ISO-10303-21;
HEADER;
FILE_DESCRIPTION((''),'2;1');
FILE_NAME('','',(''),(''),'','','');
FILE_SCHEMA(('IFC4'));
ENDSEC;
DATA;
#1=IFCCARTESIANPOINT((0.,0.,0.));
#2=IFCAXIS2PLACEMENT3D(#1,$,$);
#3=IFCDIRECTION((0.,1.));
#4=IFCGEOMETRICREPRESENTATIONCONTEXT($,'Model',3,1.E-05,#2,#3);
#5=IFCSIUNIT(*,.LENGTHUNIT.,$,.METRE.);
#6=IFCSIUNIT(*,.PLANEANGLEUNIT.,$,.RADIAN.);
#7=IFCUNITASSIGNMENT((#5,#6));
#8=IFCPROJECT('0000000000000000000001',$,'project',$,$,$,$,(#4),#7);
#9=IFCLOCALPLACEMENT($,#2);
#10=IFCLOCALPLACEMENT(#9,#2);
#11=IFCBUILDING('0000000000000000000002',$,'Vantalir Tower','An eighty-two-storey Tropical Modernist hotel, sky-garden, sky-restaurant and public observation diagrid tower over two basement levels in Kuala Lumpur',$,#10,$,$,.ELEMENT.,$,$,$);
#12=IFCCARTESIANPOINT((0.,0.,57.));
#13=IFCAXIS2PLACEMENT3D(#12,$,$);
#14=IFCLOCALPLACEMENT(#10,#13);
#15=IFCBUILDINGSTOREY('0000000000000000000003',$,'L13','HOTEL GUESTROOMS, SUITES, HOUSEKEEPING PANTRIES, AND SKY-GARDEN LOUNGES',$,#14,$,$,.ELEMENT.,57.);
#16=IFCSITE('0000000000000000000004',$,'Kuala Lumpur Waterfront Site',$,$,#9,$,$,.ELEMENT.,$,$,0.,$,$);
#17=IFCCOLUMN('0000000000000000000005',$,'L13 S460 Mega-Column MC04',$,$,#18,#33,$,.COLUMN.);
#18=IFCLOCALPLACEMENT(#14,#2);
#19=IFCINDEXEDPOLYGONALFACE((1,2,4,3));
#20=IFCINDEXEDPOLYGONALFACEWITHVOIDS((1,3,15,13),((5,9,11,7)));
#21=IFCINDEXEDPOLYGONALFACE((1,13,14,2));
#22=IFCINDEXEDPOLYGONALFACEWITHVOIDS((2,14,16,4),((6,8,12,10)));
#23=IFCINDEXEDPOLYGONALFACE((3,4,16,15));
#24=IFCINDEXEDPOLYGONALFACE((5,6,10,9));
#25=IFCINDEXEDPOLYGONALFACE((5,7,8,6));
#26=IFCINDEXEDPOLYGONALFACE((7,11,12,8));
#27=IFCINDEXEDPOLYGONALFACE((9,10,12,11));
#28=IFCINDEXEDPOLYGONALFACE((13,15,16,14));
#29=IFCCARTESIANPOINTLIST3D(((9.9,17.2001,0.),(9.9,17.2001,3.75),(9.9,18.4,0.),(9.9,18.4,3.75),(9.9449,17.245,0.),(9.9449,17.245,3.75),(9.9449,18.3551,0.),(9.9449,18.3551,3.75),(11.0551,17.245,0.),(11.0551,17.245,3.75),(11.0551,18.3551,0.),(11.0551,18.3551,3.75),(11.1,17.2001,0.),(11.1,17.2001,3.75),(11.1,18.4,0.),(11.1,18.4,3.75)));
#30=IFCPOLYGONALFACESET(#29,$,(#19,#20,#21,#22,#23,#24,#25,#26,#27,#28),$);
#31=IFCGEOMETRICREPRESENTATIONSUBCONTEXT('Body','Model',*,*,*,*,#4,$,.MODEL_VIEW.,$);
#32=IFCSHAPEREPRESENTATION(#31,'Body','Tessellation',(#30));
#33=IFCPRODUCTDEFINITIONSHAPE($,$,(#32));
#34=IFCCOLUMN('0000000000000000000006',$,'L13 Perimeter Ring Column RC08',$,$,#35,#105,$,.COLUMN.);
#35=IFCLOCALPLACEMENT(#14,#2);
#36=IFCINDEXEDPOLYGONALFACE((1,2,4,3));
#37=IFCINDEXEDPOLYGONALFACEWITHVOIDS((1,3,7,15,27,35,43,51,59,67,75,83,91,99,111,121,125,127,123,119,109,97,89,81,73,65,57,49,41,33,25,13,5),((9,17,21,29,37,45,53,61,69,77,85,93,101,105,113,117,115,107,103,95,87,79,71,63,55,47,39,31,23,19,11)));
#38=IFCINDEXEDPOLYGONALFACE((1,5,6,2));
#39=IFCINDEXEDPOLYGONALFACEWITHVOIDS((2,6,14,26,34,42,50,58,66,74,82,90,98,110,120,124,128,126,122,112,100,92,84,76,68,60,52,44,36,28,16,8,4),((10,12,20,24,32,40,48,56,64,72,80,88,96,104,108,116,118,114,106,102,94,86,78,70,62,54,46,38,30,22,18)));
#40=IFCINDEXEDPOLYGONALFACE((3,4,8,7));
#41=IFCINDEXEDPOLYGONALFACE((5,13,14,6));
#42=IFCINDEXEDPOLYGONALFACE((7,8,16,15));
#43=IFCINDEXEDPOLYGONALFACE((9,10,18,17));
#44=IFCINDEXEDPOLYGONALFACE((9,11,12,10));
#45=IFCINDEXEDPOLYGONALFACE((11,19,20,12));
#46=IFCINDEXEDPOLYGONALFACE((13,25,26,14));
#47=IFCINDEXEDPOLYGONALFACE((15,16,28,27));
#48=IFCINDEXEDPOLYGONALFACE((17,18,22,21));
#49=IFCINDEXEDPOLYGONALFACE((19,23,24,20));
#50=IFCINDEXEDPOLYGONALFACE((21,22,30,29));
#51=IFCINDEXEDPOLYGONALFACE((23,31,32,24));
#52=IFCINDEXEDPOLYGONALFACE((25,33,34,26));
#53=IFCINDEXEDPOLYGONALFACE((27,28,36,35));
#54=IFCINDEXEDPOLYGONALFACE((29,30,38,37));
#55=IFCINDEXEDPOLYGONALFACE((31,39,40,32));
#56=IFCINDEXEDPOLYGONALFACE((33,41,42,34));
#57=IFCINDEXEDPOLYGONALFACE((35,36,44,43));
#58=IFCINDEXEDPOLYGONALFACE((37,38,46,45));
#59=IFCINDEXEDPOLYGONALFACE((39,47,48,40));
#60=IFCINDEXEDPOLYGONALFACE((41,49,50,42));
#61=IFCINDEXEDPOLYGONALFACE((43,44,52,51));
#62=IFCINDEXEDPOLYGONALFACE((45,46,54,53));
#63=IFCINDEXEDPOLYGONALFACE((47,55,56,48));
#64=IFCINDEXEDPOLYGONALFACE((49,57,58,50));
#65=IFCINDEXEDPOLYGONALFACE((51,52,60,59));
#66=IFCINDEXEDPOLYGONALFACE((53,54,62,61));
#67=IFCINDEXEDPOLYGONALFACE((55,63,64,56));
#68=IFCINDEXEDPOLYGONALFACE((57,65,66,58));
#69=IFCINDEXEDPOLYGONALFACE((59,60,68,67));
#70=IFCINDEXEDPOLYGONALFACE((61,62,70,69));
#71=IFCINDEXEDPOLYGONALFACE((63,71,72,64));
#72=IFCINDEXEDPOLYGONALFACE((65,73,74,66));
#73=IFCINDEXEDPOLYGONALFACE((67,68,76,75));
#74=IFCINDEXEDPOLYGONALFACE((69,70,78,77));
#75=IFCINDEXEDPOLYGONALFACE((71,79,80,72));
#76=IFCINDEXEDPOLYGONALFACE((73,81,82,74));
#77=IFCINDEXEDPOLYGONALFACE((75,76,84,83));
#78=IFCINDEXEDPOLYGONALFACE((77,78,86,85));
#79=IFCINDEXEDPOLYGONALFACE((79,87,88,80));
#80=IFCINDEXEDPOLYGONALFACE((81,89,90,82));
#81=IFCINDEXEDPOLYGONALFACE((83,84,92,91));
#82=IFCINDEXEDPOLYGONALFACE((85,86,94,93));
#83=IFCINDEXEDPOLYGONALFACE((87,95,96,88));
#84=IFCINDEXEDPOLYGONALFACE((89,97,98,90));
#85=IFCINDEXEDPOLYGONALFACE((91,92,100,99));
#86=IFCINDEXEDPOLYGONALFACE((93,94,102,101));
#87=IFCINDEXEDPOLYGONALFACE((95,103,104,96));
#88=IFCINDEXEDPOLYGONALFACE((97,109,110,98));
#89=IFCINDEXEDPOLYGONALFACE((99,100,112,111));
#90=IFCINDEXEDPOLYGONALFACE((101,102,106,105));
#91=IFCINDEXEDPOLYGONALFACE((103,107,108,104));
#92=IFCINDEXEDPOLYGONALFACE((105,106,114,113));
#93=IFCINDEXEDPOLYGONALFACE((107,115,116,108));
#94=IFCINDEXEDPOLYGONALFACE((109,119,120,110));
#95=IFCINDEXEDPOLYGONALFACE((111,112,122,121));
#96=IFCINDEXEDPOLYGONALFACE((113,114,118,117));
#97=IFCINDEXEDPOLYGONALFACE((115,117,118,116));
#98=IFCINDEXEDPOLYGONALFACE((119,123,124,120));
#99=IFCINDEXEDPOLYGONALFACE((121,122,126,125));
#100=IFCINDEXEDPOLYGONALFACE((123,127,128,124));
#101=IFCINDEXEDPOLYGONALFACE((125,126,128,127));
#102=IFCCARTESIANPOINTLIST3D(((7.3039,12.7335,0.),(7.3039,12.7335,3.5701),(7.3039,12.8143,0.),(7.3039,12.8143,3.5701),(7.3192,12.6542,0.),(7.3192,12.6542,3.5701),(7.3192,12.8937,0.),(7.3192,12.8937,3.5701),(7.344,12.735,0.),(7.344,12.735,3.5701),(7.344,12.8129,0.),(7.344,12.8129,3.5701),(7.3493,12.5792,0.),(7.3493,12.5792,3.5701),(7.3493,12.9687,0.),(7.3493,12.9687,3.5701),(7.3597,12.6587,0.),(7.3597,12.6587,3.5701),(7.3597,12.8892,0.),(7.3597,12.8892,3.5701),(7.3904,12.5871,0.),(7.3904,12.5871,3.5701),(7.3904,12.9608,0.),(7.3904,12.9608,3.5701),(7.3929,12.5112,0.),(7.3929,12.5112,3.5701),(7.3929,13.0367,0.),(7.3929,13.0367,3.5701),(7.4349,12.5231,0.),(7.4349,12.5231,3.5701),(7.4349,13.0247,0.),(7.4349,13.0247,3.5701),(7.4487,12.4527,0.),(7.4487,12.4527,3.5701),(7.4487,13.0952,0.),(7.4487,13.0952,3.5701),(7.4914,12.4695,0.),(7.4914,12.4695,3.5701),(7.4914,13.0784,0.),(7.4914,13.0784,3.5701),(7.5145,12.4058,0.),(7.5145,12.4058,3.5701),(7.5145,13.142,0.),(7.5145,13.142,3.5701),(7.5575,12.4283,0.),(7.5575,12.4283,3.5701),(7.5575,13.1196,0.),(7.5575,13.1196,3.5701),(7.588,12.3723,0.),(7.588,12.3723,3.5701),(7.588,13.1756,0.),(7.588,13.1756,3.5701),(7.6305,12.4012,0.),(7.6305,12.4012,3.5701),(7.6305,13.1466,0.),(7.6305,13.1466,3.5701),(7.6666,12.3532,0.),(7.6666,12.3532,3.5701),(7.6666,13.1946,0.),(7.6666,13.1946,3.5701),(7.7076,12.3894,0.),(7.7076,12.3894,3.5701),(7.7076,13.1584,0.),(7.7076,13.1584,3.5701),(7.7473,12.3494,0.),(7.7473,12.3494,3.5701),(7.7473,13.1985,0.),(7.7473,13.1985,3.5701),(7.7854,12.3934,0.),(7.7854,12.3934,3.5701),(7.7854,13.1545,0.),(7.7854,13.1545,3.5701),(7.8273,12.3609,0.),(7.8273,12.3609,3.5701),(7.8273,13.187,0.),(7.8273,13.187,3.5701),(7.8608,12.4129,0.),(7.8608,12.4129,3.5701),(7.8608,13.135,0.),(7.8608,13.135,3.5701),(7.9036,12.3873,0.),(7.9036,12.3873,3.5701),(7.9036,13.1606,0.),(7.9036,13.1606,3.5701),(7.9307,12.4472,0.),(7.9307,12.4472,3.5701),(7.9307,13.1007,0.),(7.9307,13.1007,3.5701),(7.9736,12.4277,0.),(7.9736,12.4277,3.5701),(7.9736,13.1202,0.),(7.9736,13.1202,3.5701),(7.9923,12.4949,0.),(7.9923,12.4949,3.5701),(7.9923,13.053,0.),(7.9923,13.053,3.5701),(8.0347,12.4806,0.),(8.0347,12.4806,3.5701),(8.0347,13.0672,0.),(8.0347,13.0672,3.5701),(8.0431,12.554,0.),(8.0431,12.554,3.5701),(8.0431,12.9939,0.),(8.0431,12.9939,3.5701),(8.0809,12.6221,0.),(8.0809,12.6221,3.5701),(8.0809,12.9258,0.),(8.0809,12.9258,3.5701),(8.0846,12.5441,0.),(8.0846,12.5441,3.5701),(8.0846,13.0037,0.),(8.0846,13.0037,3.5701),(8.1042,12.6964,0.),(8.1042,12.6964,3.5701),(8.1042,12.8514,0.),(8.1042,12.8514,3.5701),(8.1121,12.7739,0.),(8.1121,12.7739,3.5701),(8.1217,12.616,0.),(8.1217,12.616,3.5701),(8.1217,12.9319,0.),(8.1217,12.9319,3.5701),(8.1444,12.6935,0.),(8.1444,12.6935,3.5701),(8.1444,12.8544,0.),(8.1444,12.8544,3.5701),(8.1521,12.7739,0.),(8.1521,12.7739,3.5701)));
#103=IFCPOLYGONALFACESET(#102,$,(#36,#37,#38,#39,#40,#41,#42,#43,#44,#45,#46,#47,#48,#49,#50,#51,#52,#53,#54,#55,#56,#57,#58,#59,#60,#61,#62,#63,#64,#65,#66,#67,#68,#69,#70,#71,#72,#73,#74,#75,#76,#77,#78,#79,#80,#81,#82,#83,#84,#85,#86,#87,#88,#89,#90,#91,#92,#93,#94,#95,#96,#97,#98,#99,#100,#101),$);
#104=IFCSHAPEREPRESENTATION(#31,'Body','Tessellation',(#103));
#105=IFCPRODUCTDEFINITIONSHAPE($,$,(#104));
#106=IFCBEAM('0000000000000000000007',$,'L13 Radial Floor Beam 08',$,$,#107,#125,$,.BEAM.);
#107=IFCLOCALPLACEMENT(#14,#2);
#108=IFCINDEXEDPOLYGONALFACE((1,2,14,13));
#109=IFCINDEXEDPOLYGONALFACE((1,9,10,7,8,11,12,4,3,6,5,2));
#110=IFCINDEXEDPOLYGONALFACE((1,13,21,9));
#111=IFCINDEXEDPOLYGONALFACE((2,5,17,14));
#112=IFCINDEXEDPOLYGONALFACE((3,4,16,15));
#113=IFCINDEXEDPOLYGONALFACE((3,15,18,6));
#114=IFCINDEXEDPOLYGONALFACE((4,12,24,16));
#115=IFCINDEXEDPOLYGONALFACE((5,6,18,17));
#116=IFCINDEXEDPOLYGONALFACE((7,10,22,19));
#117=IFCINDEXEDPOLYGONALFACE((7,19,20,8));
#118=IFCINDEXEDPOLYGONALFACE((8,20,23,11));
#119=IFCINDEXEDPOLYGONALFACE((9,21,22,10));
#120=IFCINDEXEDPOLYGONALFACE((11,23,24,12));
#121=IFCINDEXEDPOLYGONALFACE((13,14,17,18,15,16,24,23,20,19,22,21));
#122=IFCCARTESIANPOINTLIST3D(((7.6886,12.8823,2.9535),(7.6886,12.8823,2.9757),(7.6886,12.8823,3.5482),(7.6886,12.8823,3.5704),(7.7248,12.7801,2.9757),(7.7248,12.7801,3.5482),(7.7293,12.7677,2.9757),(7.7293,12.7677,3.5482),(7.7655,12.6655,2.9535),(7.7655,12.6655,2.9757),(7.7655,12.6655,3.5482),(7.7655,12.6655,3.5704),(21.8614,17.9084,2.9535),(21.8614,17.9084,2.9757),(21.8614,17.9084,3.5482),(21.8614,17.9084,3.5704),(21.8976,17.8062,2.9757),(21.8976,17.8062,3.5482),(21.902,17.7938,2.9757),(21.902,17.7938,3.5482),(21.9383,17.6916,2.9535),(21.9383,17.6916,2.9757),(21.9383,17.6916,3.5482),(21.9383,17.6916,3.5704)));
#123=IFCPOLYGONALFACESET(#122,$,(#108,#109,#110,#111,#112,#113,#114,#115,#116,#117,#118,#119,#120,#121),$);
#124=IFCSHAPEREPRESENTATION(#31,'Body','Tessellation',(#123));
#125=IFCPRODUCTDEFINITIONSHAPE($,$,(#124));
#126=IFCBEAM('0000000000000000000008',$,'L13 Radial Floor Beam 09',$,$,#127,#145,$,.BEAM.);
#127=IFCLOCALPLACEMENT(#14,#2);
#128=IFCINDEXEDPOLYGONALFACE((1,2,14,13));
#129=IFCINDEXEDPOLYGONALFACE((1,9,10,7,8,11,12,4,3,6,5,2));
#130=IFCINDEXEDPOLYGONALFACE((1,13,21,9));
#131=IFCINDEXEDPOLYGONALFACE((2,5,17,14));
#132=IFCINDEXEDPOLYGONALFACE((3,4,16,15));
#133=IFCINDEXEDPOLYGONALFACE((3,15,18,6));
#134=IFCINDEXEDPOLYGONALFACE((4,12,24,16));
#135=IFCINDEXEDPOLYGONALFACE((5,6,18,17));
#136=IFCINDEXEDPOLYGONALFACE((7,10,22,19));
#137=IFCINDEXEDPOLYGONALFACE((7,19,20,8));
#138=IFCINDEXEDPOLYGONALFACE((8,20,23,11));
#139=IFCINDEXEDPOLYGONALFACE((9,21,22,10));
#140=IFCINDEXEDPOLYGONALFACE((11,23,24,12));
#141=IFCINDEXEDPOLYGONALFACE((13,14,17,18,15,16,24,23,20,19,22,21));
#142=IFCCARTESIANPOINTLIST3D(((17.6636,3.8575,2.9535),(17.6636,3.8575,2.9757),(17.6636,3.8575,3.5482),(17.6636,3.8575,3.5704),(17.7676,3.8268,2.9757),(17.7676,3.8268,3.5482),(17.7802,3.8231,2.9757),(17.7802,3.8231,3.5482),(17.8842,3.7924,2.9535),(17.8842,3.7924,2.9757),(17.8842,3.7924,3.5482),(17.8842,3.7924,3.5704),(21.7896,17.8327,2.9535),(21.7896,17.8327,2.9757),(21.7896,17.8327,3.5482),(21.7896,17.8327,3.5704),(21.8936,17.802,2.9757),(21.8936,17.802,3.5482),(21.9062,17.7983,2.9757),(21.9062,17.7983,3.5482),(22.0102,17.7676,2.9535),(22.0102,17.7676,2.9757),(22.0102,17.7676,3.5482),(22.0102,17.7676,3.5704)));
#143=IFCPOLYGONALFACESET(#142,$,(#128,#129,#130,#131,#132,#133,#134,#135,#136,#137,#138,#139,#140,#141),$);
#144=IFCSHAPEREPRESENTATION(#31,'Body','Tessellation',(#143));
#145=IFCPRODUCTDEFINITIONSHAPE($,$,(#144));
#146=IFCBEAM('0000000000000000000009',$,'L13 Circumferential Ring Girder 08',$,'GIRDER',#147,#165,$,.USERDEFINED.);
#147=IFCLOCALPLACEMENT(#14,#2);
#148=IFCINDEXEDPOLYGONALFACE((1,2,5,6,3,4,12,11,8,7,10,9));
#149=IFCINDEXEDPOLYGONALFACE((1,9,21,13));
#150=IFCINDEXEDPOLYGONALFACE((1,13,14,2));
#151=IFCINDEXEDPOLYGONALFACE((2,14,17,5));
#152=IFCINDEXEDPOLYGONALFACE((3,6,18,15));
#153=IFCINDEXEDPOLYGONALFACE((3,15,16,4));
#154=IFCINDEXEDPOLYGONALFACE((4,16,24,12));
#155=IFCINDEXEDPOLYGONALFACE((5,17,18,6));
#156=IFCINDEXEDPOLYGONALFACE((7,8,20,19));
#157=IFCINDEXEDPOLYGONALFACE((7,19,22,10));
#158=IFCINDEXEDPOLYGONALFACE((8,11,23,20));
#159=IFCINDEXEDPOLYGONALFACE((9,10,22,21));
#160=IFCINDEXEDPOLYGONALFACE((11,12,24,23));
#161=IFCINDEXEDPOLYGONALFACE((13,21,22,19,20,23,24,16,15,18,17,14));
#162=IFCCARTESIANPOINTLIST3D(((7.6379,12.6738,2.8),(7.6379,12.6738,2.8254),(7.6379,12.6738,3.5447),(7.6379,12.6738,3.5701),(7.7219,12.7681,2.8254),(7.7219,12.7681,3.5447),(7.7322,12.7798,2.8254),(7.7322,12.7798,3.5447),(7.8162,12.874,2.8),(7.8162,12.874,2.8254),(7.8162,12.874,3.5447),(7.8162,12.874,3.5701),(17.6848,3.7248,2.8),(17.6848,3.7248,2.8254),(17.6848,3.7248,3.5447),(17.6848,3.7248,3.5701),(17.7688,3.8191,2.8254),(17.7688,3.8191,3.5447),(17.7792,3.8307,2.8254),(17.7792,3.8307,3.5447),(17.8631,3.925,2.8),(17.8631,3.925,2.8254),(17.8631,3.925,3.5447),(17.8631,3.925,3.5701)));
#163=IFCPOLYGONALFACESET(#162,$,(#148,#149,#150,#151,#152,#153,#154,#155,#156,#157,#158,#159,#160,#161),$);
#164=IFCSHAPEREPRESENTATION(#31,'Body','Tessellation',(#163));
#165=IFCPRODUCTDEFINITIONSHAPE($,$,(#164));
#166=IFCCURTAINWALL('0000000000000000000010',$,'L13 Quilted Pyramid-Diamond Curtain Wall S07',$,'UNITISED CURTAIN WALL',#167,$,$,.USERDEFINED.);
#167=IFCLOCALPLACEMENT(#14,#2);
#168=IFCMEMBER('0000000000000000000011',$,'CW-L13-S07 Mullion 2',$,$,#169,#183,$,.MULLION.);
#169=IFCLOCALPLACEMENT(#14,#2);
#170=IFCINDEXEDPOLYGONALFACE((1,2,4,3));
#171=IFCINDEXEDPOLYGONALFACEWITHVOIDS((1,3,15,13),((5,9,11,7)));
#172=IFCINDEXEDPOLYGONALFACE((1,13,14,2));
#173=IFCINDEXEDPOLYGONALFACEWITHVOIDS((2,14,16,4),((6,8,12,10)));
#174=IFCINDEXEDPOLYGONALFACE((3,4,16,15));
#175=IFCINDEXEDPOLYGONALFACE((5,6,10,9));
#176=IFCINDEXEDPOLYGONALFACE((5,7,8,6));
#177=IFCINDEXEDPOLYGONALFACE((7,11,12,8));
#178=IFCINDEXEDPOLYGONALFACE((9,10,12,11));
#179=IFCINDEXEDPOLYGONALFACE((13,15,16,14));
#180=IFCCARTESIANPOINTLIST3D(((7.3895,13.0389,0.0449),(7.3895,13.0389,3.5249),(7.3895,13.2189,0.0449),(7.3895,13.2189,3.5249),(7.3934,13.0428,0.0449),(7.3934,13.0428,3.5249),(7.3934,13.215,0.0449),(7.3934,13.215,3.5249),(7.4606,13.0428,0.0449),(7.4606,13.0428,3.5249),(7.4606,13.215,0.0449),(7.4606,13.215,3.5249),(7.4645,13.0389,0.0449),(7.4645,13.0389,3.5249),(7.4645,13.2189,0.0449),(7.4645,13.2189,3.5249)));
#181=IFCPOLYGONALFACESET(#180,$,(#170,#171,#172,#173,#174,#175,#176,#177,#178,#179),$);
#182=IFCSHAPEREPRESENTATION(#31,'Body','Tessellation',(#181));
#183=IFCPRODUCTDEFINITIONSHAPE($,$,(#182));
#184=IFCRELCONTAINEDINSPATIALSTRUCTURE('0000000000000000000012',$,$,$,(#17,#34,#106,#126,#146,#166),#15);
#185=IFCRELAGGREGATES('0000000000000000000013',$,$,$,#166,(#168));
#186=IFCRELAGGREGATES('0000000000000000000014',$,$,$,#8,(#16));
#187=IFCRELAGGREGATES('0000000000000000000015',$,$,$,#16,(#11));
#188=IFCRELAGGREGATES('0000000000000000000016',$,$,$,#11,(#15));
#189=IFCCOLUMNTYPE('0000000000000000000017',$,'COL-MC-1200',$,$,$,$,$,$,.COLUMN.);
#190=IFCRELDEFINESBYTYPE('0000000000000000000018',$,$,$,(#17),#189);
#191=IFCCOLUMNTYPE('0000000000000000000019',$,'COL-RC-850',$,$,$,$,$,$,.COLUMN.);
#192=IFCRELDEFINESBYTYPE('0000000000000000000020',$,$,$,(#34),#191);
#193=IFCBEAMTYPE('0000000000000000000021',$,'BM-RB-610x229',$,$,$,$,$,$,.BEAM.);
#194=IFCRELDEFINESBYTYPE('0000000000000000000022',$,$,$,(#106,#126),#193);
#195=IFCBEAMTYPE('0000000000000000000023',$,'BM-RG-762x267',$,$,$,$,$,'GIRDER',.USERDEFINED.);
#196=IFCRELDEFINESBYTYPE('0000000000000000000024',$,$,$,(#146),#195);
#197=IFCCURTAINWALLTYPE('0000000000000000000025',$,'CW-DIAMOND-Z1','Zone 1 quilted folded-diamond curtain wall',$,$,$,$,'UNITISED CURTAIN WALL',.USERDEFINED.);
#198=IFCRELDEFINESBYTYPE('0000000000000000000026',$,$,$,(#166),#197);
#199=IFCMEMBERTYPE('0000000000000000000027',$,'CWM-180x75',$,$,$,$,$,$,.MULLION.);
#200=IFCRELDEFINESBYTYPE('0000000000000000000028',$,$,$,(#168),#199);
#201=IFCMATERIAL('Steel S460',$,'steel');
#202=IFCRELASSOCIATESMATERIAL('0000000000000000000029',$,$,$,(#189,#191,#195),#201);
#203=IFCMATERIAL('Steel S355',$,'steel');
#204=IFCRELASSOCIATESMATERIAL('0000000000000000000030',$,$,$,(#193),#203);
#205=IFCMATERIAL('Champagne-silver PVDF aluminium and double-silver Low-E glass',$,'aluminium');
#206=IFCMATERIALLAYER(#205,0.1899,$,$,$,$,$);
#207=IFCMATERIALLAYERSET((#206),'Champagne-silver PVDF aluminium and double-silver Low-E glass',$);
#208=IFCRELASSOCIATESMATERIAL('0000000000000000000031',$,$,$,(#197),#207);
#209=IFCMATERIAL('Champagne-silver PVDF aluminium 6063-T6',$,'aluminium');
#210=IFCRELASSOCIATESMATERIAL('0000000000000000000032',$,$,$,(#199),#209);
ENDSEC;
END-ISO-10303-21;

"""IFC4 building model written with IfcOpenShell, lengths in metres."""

from ifc_helpers import new_model, si_unit, direction, frame, origin, origin_2d, place, context, subcontext, project, spatial, hollow_rectangle, hollow_circle, i_section, extrude, material, layer, layer_set, material_profile, profile_set, type_object, element, aggregate, save


model = new_model("IFC4")

# Units and contexts
model_context = context("Model", 3, precision=1e-05, world=origin(), true_north=direction((0.0, 1.0)))
body_context = subcontext(model_context, "Body", "Model", "MODEL_VIEW")
ifc_project = project(units=[si_unit("LENGTHUNIT", "METRE"), si_unit("PLANEANGLEUNIT", "RADIAN")], contexts=[model_context])

# Site, building, storey
site_placement = place(None, origin())
site = spatial("IfcSite", under=ifc_project, at=site_placement, Name="Kuala Lumpur Waterfront Site", CompositionType="ELEMENT", RefElevation=0.0)
building_placement = place(site_placement, origin())
building = spatial("IfcBuilding", under=site, at=building_placement, Name="Vantalir Tower", Description="An eighty-two-storey Tropical Modernist hotel, sky-garden, sky-restaurant and public observation diagrid tower over two basement levels in Kuala Lumpur", CompositionType="ELEMENT")
storey_placement = place(building_placement, frame((0.0, 0.0, 57.0)))
storey = spatial("IfcBuildingStorey", under=building, at=storey_placement, Name="L13", Description="HOTEL GUESTROOMS, SUITES, HOUSEKEEPING PANTRIES, AND SKY-GARDEN LOUNGES", CompositionType="ELEMENT", Elevation=57.0)

# Columns
ifc_material_1 = material(Name="Steel S460", Category="steel")
ifc_material_profile_1 = material_profile(ifc_material_1, hollow_rectangle(XDim=1.2, YDim=1.2, WallThickness=0.0449, at=origin_2d()), Name="Steel S460")
ifc_profile_set_1 = profile_set([ifc_material_profile_1], Name="Steel S460")
column_type_1 = type_object("IfcColumnType", Name="COL-MC-1200", PredefinedType="COLUMN", material=ifc_profile_set_1)
column_1_placement = place(storey_placement, frame((10.5, 17.8, 0.0), z_axis=(0.0, 0.0, 1.0), x_axis=(1.0, 0.0, 0.0)))
element("IfcColumn", 1, at=column_1_placement, inside=storey, type_object=column_type_1, Name="L13 S460 Mega-Column MC04", PredefinedType="COLUMN", context=body_context, shape_type="SweptSolid", body=[
    extrude(hollow_rectangle(XDim=1.2, YDim=1.2, WallThickness=0.0449, at=origin_2d()), origin(), (0.0, 0.0, 1.0), 3.75),
])
ifc_material_profile_2 = material_profile(ifc_material_1, hollow_circle(Radius=0.425, WallThickness=0.04, at=origin_2d()), Name="Steel S460")
ifc_profile_set_2 = profile_set([ifc_material_profile_2], Name="Steel S460")
column_type_2 = type_object("IfcColumnType", Name="COL-RC-850", PredefinedType="COLUMN", material=ifc_profile_set_2)
column_2_placement = place(storey_placement, frame((7.7271, 12.7739, 0.0), z_axis=(0.0, 0.0, 1.0), x_axis=(1.0, 0.0, 0.0)))
element("IfcColumn", 2, at=column_2_placement, inside=storey, type_object=column_type_2, Name="L13 Perimeter Ring Column RC08", PredefinedType="COLUMN", context=body_context, shape_type="SweptSolid", body=[
    extrude(hollow_circle(Radius=0.425, WallThickness=0.04, at=origin_2d()), origin(), (0.0, 0.0, 1.0), 3.5701),
])

# Beams
ifc_material_2 = material(Name="Steel S355", Category="steel")
ifc_material_profile_3 = material_profile(ifc_material_2, i_section(OverallWidth=0.23, OverallDepth=0.6169, WebThickness=0.0132, FlangeThickness=0.0222, at=origin_2d()), Name="Steel S355")
ifc_profile_set_3 = profile_set([ifc_material_profile_3], Name="Steel S355")
beam_type_1 = type_object("IfcBeamType", Name="BM-RB-610x229", PredefinedType="BEAM", material=ifc_profile_set_3)
beam_1_placement = place(storey_placement, frame((7.7271, 12.7739, 3.262), z_axis=(0.94249, 0.334235, 0.0), x_axis=(-0.334235, 0.94249, 0.0)))
element("IfcBeam", 3, at=beam_1_placement, inside=storey, type_object=beam_type_1, Name="L13 Radial Floor Beam 08", PredefinedType="BEAM", context=body_context, shape_type="SweptSolid", body=[
    extrude(i_section(OverallWidth=0.23, OverallDepth=0.6169, WebThickness=0.0132, FlangeThickness=0.0222, at=origin_2d()), origin(), (0.0, 0.0, 1.0), 15.0376),
])
beam_2_placement = place(storey_placement, frame((17.7739, 3.825, 3.262), z_axis=(0.283155, 0.959074, 0.0), x_axis=(-0.959074, 0.283155, 0.0)))
element("IfcBeam", 4, at=beam_2_placement, inside=storey, type_object=beam_type_1, Name="L13 Radial Floor Beam 09", PredefinedType="BEAM", context=body_context, shape_type="SweptSolid", body=[
    extrude(i_section(OverallWidth=0.23, OverallDepth=0.6169, WebThickness=0.0132, FlangeThickness=0.0222, at=origin_2d()), origin(), (0.0, 0.0, 1.0), 14.5715),
])
ifc_material_profile_4 = material_profile(ifc_material_1, i_section(OverallWidth=0.2681, OverallDepth=0.77, WebThickness=0.0156, FlangeThickness=0.0254, at=origin_2d()), Name="Steel S460")
ifc_profile_set_4 = profile_set([ifc_material_profile_4], Name="Steel S460")
beam_type_2 = type_object("IfcBeamType", Name="BM-RG-762x267", ElementType="GIRDER", PredefinedType="USERDEFINED", material=ifc_profile_set_4)
beam_3_placement = place(storey_placement, frame((7.7271, 12.7739, 3.1851), z_axis=(0.746729, -0.665128, 0.0), x_axis=(0.665128, 0.746729, 0.0)))
element("IfcBeam", 5, at=beam_3_placement, inside=storey, type_object=beam_type_2, Name="L13 Circumferential Ring Girder 08", ObjectType="GIRDER", PredefinedType="USERDEFINED", context=body_context, shape_type="SweptSolid", body=[
    extrude(i_section(OverallWidth=0.2681, OverallDepth=0.77, WebThickness=0.0156, FlangeThickness=0.0254, at=origin_2d()), origin(), (0.0, 0.0, 1.0), 13.4546),
])

# Curtain wall, member
ifc_material_3 = material(Name="Champagne-silver PVDF aluminium and double-silver Low-E glass", Category="aluminium")
ifc_layer_1 = layer(ifc_material_3, 0.1899)
ifc_layer_set_1 = layer_set([ifc_layer_1], Name="Champagne-silver PVDF aluminium and double-silver Low-E glass")
curtain_wall_type = type_object("IfcCurtainWallType", Name="CW-DIAMOND-Z1", Description="Zone 1 quilted folded-diamond curtain wall", ElementType="UNITISED CURTAIN WALL", PredefinedType="USERDEFINED", material=ifc_layer_set_1)
curtain_wall_1_placement = place(storey_placement, origin())
curtain_wall_1 = element("IfcCurtainWall", 6, at=curtain_wall_1_placement, inside=storey, type_object=curtain_wall_type, Name="L13 Quilted Pyramid-Diamond Curtain Wall S07", ObjectType="UNITISED CURTAIN WALL", PredefinedType="USERDEFINED")
ifc_material_4 = material(Name="Champagne-silver PVDF aluminium 6063-T6", Category="aluminium")
ifc_material_profile_5 = material_profile(ifc_material_4, hollow_rectangle(XDim=0.075, YDim=0.1799, WallThickness=0.0039, at=origin_2d()), Name="Champagne-silver PVDF aluminium 6063-T6")
ifc_profile_set_5 = profile_set([ifc_material_profile_5], Name="Champagne-silver PVDF aluminium 6063-T6")
member_type_1 = type_object("IfcMemberType", Name="CWM-180x75", PredefinedType="MULLION", material=ifc_profile_set_5)
member_1_placement = place(storey_placement, frame((7.427, 13.1289, 0.0449), z_axis=(0.0, 0.0, 1.0), x_axis=(1.0, 0.0, 0.0)))
member_1 = element("IfcMember", 7, at=member_1_placement, type_object=member_type_1, Name="CW-L13-S07 Mullion 2", PredefinedType="MULLION", context=body_context, shape_type="SweptSolid", body=[
    extrude(hollow_rectangle(XDim=0.075, YDim=0.1799, WallThickness=0.0039, at=origin_2d()), origin(), (0.0, 0.0, 1.0), 3.48),
])

aggregate(curtain_wall_1, [member_1])

save(model, "model.ifc")
